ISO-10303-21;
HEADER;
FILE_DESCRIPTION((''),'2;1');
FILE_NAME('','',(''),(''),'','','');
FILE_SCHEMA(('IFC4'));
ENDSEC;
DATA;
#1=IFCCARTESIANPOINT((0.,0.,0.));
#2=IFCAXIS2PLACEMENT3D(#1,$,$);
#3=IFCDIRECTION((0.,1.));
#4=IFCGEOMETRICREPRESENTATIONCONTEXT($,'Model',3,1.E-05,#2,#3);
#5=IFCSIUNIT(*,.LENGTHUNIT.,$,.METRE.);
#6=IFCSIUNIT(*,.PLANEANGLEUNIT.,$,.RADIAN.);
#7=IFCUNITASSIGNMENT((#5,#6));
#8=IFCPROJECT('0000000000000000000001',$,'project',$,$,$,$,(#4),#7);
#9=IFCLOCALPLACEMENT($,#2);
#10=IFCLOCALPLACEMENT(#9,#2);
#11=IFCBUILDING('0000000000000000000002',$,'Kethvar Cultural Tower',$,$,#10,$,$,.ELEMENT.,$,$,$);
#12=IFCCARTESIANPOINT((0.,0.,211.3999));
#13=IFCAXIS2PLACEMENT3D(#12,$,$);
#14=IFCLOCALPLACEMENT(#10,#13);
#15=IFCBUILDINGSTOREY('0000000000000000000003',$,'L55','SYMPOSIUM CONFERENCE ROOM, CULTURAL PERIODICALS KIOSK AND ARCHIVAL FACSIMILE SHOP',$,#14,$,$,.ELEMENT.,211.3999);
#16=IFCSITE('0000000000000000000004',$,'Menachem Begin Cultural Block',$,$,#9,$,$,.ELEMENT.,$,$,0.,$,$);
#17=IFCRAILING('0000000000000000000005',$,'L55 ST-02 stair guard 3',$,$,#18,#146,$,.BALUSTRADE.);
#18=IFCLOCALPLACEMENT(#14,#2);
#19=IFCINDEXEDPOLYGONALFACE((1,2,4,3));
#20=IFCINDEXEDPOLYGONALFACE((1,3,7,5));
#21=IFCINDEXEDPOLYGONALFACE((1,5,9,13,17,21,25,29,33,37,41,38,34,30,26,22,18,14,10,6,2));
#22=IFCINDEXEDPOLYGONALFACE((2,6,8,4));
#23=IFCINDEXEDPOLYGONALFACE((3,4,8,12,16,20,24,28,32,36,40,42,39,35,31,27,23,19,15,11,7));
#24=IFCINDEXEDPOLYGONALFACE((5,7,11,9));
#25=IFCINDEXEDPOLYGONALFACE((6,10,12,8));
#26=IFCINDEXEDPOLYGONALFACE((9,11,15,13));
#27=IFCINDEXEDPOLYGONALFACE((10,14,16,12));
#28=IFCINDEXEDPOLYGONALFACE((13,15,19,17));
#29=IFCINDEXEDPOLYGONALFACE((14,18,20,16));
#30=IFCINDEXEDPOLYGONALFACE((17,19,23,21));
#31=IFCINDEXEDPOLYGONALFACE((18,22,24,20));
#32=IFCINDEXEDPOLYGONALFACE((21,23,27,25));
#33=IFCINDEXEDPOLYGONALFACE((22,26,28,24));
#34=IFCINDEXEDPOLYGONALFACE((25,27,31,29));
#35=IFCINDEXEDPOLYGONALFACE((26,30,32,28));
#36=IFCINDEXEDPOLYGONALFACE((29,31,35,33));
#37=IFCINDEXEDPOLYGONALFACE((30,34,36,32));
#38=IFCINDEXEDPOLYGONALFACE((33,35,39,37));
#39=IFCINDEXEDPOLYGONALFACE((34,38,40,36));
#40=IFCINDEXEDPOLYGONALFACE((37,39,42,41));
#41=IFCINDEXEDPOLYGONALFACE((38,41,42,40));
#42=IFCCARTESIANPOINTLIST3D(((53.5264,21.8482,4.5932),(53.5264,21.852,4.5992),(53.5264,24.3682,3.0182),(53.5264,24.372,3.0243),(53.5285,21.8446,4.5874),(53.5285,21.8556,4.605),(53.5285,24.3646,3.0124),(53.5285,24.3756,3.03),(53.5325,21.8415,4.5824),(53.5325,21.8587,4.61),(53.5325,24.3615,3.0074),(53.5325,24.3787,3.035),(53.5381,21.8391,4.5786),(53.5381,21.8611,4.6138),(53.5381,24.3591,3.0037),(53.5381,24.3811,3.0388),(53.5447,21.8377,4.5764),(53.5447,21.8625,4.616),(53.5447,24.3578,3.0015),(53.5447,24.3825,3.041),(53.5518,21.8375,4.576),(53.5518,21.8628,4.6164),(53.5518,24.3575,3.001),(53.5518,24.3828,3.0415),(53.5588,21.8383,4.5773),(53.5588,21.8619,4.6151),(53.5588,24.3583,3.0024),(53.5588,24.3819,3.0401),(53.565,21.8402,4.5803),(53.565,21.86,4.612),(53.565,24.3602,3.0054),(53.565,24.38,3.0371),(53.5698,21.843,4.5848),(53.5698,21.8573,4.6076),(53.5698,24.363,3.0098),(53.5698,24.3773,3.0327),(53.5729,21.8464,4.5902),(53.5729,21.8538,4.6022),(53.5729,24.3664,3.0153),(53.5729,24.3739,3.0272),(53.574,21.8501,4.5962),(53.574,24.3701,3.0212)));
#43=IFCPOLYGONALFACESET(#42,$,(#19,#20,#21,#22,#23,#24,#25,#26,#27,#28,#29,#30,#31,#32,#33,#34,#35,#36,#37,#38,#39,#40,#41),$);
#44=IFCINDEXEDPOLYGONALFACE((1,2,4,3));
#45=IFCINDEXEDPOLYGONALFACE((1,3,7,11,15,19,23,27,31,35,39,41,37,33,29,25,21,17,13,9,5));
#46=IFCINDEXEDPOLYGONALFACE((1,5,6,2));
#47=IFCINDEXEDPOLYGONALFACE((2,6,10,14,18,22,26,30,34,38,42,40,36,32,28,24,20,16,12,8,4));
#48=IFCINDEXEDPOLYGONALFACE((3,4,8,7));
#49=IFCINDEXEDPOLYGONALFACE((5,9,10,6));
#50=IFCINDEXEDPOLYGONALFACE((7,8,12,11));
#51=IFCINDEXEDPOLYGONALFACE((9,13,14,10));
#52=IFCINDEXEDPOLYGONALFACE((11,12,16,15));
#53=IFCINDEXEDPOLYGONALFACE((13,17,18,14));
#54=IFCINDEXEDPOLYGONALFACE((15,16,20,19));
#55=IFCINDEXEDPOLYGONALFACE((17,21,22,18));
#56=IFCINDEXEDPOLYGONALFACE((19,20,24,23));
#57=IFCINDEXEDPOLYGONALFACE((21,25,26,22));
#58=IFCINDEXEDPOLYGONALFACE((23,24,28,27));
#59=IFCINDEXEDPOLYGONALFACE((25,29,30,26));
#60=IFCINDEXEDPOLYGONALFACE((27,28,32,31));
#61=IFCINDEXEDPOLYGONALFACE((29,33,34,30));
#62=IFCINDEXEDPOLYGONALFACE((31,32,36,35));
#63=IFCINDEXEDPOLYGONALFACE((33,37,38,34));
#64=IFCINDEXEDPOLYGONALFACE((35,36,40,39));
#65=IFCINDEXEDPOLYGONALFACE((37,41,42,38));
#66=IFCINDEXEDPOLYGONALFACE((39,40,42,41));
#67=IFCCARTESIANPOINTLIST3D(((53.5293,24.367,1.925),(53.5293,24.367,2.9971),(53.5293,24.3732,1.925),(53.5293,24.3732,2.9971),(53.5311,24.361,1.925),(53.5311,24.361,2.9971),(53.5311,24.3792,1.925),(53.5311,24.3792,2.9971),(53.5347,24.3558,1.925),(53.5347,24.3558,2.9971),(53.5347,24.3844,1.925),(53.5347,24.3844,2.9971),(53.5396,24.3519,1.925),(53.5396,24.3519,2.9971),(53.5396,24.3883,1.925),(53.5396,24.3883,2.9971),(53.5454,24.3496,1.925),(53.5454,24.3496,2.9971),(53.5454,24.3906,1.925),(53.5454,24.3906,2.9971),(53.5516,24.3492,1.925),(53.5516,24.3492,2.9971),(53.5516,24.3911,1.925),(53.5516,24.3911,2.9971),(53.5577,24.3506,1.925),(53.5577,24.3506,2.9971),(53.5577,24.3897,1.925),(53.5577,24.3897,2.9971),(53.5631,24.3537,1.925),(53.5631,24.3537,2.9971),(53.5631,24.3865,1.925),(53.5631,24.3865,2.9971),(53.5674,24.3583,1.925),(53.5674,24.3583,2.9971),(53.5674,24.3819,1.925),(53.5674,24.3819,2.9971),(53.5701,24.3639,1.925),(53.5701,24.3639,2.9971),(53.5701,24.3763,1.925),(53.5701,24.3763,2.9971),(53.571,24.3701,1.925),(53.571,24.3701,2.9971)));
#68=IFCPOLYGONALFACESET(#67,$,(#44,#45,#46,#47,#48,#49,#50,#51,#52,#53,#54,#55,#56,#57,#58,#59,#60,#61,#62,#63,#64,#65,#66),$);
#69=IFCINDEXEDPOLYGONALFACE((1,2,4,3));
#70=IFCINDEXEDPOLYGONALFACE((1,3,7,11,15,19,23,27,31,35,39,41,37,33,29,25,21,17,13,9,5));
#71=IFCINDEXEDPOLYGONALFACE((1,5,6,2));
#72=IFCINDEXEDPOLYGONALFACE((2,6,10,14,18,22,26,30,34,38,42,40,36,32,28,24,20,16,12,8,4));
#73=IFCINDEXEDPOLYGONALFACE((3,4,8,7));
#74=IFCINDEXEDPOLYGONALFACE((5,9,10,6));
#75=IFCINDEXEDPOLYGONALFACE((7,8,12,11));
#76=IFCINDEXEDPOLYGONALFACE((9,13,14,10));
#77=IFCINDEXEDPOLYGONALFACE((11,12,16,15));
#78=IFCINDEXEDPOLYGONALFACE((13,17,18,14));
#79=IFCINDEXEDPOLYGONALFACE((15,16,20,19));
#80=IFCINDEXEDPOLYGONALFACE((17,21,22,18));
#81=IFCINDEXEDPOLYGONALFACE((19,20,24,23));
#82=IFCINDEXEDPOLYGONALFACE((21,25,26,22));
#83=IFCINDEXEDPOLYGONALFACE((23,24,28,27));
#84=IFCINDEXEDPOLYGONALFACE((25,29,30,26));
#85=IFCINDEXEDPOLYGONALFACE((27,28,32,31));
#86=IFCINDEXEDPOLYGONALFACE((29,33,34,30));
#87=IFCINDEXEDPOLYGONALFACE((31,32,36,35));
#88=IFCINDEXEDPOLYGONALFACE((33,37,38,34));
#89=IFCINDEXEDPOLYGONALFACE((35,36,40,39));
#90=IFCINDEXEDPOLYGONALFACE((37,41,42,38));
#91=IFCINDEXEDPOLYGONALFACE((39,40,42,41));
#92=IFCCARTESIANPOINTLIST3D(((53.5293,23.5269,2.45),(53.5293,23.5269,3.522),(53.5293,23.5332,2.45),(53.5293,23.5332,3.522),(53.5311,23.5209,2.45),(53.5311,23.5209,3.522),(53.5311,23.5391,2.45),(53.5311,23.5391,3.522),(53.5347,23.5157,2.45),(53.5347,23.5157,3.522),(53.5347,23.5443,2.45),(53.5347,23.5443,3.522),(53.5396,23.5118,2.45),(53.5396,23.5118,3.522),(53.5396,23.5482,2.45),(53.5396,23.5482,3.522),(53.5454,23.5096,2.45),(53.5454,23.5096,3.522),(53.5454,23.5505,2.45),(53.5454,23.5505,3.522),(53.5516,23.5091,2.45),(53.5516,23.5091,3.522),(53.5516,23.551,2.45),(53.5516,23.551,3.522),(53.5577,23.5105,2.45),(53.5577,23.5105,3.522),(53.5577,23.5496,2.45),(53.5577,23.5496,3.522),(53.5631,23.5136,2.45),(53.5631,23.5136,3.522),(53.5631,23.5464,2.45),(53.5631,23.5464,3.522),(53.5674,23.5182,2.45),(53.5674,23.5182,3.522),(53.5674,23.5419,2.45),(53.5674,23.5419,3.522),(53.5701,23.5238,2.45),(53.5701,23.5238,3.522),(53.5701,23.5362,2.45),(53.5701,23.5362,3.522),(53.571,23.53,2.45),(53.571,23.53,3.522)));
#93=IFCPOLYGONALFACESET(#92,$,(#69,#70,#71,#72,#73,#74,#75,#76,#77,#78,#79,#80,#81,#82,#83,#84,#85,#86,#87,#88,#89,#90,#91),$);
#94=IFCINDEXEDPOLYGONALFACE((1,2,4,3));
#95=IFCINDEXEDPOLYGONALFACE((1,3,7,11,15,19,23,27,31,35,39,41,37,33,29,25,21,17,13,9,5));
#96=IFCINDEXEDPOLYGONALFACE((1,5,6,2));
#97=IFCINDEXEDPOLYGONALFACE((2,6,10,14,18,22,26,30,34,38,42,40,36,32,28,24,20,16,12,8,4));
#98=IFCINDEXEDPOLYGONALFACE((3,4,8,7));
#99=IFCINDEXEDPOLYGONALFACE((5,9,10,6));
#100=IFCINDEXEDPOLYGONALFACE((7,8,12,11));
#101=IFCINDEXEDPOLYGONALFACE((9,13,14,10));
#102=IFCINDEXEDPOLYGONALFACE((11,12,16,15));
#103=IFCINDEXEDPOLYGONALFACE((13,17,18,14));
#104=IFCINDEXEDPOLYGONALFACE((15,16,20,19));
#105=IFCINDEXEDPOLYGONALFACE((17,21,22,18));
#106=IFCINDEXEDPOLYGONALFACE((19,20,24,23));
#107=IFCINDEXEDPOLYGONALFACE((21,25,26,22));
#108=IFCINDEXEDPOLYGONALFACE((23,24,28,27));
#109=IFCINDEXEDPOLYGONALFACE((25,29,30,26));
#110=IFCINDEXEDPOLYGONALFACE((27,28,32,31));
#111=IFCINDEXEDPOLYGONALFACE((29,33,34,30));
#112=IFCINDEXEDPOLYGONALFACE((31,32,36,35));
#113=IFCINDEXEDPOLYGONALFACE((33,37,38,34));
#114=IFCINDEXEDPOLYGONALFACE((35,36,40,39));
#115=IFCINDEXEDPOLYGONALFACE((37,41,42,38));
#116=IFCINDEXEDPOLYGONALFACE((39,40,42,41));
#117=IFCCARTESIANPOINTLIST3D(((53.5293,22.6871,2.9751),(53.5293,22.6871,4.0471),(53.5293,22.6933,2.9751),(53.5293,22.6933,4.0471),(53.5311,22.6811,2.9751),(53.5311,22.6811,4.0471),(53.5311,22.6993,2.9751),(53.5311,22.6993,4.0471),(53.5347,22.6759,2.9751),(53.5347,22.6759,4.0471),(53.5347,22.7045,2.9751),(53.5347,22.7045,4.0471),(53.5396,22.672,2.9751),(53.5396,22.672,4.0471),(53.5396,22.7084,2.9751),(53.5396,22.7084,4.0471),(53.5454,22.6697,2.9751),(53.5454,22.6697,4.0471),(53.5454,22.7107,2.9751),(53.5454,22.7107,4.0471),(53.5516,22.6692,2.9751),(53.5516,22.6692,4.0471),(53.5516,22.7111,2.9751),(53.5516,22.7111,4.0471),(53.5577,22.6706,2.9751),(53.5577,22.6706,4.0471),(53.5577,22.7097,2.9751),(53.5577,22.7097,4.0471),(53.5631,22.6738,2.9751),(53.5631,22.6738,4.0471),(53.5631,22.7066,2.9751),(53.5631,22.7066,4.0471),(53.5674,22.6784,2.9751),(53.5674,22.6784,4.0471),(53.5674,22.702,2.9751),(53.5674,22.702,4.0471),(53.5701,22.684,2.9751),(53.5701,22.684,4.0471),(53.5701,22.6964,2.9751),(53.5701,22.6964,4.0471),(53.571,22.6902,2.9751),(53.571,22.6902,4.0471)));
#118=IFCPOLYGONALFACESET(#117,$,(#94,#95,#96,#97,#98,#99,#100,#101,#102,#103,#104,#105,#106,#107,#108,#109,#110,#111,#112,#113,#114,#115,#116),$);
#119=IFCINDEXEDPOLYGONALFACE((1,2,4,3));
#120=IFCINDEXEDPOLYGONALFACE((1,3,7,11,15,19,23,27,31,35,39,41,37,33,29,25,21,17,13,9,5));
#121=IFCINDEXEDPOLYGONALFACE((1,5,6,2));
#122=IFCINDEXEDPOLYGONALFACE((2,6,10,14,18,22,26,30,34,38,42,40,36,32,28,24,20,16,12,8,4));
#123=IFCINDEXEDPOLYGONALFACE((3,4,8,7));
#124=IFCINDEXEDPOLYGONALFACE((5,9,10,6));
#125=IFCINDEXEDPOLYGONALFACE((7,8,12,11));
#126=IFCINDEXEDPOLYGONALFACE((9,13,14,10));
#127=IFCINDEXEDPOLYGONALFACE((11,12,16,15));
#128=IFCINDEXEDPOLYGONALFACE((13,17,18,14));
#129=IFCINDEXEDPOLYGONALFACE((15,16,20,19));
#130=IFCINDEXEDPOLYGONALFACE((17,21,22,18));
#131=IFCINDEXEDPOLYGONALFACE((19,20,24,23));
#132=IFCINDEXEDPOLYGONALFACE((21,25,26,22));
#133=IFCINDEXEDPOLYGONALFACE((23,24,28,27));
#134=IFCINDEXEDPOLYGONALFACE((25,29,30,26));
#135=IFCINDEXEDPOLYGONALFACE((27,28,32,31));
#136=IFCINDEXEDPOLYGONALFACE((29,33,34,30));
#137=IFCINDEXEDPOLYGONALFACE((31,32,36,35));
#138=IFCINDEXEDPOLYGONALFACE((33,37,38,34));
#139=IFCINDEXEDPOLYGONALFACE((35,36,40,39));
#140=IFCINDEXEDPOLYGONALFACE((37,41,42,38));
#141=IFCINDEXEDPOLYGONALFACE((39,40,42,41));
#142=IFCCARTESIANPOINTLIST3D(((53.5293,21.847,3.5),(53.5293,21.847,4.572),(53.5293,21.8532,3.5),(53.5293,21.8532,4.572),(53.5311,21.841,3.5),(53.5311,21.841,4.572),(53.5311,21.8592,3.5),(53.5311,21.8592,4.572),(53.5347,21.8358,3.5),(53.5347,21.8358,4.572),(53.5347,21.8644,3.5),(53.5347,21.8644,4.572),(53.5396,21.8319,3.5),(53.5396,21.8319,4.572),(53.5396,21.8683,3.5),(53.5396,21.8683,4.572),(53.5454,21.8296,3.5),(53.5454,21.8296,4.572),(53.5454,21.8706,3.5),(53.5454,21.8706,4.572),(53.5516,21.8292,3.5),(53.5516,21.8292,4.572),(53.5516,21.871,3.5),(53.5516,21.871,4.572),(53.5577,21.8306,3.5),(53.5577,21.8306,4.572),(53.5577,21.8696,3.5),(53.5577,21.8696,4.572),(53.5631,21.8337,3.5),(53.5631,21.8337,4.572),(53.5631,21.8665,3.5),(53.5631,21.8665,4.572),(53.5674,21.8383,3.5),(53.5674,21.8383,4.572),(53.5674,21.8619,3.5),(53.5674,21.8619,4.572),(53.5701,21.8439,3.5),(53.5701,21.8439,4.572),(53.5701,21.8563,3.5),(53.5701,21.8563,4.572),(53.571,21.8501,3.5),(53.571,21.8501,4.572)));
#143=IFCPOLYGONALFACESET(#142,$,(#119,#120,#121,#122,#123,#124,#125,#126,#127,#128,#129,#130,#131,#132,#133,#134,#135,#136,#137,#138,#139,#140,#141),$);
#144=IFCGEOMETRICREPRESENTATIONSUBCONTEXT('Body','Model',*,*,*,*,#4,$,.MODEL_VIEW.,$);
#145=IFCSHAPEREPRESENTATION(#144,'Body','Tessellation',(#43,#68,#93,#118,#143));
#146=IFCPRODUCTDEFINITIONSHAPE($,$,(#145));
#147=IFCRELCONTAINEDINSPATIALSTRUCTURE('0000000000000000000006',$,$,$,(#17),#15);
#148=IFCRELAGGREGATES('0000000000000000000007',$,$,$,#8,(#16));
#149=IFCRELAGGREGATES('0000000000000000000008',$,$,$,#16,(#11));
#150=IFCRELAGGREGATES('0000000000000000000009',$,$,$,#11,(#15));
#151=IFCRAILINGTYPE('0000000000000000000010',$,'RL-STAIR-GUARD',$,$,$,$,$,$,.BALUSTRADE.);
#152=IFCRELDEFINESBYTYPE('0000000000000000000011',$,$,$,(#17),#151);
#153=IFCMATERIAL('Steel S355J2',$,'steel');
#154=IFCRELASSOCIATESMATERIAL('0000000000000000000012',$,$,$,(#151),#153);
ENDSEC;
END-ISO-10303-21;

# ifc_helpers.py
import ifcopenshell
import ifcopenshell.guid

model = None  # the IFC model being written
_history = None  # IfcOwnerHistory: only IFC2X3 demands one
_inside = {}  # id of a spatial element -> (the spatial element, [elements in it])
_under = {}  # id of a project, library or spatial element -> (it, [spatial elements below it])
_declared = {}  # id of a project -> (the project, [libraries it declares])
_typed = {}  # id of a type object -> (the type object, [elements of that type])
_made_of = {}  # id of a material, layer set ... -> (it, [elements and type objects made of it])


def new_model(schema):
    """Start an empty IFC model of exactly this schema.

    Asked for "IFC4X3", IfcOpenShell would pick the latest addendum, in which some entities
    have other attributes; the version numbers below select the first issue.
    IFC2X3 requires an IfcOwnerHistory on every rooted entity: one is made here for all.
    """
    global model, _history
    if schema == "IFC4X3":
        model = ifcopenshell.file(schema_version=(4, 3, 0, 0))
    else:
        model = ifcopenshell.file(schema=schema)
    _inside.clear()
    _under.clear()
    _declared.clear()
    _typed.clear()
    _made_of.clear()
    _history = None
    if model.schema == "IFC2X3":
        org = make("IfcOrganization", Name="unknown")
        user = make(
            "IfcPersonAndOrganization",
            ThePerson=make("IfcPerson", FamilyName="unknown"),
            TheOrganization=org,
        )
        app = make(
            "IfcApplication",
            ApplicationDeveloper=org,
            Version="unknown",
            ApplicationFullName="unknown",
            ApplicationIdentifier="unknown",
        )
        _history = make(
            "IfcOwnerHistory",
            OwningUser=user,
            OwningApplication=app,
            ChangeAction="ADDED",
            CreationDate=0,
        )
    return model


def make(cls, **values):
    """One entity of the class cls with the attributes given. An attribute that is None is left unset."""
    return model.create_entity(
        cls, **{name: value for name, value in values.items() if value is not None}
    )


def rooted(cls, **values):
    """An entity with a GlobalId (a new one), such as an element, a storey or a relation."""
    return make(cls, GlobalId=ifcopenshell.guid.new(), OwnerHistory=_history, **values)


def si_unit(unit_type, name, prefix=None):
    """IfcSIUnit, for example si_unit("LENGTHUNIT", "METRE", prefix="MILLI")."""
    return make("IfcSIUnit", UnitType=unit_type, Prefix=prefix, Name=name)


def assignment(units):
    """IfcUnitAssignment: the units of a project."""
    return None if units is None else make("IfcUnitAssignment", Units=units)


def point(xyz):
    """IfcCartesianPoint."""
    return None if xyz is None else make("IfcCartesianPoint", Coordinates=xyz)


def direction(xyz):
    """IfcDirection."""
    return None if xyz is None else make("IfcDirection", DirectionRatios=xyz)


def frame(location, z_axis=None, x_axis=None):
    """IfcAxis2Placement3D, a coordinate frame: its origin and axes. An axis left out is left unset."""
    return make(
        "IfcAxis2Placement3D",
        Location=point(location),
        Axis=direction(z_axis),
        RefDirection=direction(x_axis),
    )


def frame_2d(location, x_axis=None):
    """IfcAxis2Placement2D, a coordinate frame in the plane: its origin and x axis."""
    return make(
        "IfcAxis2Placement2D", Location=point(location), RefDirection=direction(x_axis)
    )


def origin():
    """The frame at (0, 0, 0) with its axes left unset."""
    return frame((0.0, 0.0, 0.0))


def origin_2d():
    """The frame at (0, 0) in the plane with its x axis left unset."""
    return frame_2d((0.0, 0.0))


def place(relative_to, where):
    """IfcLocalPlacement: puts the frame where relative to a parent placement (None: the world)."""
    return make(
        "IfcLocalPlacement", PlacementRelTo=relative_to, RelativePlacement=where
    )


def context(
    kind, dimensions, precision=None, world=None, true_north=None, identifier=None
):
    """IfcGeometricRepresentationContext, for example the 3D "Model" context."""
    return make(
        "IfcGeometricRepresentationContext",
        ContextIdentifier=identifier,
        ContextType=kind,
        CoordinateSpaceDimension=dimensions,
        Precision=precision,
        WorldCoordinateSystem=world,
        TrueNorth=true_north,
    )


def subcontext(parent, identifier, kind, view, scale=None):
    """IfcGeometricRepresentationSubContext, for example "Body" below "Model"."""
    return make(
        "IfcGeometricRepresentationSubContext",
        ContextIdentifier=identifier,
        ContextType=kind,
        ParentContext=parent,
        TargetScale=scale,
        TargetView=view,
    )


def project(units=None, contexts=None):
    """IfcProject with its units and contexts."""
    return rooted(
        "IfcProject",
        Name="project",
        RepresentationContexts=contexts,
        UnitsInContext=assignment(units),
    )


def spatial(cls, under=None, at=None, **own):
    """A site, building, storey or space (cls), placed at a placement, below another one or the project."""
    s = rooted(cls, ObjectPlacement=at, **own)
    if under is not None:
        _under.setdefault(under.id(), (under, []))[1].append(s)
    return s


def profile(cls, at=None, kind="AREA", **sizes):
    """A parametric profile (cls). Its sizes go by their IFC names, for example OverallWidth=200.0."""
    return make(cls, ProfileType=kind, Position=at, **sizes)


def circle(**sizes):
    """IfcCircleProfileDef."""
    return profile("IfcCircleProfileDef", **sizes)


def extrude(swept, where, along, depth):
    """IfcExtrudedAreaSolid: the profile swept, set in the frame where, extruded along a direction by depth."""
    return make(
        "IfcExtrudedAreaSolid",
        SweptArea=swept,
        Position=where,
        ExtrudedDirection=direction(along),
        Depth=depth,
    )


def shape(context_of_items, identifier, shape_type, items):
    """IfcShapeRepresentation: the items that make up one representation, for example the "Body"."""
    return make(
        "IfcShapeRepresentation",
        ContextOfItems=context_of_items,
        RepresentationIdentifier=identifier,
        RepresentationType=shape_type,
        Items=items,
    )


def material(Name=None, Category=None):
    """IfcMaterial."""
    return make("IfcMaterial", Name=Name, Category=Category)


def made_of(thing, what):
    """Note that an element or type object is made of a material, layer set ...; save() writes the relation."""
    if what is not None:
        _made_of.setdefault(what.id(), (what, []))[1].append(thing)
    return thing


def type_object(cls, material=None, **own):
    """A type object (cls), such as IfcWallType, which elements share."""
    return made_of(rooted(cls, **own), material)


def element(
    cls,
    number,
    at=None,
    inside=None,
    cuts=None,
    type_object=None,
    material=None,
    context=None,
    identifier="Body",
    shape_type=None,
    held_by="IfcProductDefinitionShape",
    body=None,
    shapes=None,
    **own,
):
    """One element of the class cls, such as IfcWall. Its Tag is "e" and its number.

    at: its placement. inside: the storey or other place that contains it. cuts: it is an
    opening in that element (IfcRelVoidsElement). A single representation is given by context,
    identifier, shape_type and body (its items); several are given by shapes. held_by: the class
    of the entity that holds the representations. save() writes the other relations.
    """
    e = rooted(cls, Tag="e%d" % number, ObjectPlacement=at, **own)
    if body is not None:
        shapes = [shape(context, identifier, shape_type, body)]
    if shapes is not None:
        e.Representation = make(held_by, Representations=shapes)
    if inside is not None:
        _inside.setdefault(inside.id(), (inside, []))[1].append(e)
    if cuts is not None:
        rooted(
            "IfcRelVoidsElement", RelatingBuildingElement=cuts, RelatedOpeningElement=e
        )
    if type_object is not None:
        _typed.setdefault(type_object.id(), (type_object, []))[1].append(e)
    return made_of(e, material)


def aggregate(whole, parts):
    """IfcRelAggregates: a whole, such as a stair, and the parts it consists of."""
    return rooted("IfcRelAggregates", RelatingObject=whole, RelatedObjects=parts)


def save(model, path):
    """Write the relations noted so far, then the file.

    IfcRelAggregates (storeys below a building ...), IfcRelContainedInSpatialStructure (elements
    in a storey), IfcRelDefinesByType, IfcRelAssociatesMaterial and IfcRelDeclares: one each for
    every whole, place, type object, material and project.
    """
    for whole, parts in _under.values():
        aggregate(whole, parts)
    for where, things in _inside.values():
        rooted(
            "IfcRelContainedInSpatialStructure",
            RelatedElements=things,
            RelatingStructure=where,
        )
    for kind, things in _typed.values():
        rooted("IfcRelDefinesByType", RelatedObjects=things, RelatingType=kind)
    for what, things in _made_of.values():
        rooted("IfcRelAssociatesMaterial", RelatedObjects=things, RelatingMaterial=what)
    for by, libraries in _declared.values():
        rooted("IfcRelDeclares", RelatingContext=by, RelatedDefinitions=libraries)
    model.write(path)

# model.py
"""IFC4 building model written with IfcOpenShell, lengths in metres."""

from ifc_helpers import new_model, si_unit, direction, frame, origin, origin_2d, place, context, subcontext, project, spatial, circle, extrude, material, type_object, element, save


model = new_model("IFC4")

# Units and contexts
model_context = context("Model", 3, precision=1e-05, world=origin(), true_north=direction((0.0, 1.0)))
body_context = subcontext(model_context, "Body", "Model", "MODEL_VIEW")
ifc_project = project(units=[si_unit("LENGTHUNIT", "METRE"), si_unit("PLANEANGLEUNIT", "RADIAN")], contexts=[model_context])

# Site, building, storey
site_placement = place(None, origin())
site = spatial("IfcSite", under=ifc_project, at=site_placement, Name="Menachem Begin Cultural Block", CompositionType="ELEMENT", RefElevation=0.0)
building_placement = place(site_placement, origin())
building = spatial("IfcBuilding", under=site, at=building_placement, Name="Kethvar Cultural Tower", CompositionType="ELEMENT")
storey_placement = place(building_placement, frame((0.0, 0.0, 211.3999)))
storey = spatial("IfcBuildingStorey", under=building, at=storey_placement, Name="L55", Description="SYMPOSIUM CONFERENCE ROOM, CULTURAL PERIODICALS KIOSK AND ARCHIVAL FACSIMILE SHOP", CompositionType="ELEMENT", Elevation=211.3999)

# Shared definitions
ifc_material_1 = material(Name="Steel S355J2", Category="steel")

# Railing
railing_type_1 = type_object("IfcRailingType", Name="RL-STAIR-GUARD", PredefinedType="BALUSTRADE", material=ifc_material_1)
railing_1_placement = place(storey_placement, frame((53.55, 24.3701, 1.925)))
element("IfcRailing", 1, at=railing_1_placement, inside=storey, type_object=railing_type_1, Name="L55 ST-02 stair guard 3", PredefinedType="BALUSTRADE", context=body_context, shape_type="SweptSolid", body=[
    extrude(circle(Radius=0.0239, at=origin_2d()), frame((0.0, 0.0, 1.0962), z_axis=(0.0, -0.848008, 0.529984), x_axis=(1.0, 0.0, 0.0)), (0.0, 0.0, 1.0), 2.9717),
    extrude(circle(Radius=0.021, at=origin_2d()), origin(), (0.0, 0.0, 1.0), 1.072),
    extrude(circle(Radius=0.021, at=origin_2d()), frame((0.0, -0.8401, 0.5249)), (0.0, 0.0, 1.0), 1.072),
    extrude(circle(Radius=0.021, at=origin_2d()), frame((0.0, -1.6799, 1.05)), (0.0, 0.0, 1.0), 1.072),
    extrude(circle(Radius=0.021, at=origin_2d()), frame((0.0, -2.52, 1.575)), (0.0, 0.0, 1.0), 1.072),
])

save(model, "model.ifc")
